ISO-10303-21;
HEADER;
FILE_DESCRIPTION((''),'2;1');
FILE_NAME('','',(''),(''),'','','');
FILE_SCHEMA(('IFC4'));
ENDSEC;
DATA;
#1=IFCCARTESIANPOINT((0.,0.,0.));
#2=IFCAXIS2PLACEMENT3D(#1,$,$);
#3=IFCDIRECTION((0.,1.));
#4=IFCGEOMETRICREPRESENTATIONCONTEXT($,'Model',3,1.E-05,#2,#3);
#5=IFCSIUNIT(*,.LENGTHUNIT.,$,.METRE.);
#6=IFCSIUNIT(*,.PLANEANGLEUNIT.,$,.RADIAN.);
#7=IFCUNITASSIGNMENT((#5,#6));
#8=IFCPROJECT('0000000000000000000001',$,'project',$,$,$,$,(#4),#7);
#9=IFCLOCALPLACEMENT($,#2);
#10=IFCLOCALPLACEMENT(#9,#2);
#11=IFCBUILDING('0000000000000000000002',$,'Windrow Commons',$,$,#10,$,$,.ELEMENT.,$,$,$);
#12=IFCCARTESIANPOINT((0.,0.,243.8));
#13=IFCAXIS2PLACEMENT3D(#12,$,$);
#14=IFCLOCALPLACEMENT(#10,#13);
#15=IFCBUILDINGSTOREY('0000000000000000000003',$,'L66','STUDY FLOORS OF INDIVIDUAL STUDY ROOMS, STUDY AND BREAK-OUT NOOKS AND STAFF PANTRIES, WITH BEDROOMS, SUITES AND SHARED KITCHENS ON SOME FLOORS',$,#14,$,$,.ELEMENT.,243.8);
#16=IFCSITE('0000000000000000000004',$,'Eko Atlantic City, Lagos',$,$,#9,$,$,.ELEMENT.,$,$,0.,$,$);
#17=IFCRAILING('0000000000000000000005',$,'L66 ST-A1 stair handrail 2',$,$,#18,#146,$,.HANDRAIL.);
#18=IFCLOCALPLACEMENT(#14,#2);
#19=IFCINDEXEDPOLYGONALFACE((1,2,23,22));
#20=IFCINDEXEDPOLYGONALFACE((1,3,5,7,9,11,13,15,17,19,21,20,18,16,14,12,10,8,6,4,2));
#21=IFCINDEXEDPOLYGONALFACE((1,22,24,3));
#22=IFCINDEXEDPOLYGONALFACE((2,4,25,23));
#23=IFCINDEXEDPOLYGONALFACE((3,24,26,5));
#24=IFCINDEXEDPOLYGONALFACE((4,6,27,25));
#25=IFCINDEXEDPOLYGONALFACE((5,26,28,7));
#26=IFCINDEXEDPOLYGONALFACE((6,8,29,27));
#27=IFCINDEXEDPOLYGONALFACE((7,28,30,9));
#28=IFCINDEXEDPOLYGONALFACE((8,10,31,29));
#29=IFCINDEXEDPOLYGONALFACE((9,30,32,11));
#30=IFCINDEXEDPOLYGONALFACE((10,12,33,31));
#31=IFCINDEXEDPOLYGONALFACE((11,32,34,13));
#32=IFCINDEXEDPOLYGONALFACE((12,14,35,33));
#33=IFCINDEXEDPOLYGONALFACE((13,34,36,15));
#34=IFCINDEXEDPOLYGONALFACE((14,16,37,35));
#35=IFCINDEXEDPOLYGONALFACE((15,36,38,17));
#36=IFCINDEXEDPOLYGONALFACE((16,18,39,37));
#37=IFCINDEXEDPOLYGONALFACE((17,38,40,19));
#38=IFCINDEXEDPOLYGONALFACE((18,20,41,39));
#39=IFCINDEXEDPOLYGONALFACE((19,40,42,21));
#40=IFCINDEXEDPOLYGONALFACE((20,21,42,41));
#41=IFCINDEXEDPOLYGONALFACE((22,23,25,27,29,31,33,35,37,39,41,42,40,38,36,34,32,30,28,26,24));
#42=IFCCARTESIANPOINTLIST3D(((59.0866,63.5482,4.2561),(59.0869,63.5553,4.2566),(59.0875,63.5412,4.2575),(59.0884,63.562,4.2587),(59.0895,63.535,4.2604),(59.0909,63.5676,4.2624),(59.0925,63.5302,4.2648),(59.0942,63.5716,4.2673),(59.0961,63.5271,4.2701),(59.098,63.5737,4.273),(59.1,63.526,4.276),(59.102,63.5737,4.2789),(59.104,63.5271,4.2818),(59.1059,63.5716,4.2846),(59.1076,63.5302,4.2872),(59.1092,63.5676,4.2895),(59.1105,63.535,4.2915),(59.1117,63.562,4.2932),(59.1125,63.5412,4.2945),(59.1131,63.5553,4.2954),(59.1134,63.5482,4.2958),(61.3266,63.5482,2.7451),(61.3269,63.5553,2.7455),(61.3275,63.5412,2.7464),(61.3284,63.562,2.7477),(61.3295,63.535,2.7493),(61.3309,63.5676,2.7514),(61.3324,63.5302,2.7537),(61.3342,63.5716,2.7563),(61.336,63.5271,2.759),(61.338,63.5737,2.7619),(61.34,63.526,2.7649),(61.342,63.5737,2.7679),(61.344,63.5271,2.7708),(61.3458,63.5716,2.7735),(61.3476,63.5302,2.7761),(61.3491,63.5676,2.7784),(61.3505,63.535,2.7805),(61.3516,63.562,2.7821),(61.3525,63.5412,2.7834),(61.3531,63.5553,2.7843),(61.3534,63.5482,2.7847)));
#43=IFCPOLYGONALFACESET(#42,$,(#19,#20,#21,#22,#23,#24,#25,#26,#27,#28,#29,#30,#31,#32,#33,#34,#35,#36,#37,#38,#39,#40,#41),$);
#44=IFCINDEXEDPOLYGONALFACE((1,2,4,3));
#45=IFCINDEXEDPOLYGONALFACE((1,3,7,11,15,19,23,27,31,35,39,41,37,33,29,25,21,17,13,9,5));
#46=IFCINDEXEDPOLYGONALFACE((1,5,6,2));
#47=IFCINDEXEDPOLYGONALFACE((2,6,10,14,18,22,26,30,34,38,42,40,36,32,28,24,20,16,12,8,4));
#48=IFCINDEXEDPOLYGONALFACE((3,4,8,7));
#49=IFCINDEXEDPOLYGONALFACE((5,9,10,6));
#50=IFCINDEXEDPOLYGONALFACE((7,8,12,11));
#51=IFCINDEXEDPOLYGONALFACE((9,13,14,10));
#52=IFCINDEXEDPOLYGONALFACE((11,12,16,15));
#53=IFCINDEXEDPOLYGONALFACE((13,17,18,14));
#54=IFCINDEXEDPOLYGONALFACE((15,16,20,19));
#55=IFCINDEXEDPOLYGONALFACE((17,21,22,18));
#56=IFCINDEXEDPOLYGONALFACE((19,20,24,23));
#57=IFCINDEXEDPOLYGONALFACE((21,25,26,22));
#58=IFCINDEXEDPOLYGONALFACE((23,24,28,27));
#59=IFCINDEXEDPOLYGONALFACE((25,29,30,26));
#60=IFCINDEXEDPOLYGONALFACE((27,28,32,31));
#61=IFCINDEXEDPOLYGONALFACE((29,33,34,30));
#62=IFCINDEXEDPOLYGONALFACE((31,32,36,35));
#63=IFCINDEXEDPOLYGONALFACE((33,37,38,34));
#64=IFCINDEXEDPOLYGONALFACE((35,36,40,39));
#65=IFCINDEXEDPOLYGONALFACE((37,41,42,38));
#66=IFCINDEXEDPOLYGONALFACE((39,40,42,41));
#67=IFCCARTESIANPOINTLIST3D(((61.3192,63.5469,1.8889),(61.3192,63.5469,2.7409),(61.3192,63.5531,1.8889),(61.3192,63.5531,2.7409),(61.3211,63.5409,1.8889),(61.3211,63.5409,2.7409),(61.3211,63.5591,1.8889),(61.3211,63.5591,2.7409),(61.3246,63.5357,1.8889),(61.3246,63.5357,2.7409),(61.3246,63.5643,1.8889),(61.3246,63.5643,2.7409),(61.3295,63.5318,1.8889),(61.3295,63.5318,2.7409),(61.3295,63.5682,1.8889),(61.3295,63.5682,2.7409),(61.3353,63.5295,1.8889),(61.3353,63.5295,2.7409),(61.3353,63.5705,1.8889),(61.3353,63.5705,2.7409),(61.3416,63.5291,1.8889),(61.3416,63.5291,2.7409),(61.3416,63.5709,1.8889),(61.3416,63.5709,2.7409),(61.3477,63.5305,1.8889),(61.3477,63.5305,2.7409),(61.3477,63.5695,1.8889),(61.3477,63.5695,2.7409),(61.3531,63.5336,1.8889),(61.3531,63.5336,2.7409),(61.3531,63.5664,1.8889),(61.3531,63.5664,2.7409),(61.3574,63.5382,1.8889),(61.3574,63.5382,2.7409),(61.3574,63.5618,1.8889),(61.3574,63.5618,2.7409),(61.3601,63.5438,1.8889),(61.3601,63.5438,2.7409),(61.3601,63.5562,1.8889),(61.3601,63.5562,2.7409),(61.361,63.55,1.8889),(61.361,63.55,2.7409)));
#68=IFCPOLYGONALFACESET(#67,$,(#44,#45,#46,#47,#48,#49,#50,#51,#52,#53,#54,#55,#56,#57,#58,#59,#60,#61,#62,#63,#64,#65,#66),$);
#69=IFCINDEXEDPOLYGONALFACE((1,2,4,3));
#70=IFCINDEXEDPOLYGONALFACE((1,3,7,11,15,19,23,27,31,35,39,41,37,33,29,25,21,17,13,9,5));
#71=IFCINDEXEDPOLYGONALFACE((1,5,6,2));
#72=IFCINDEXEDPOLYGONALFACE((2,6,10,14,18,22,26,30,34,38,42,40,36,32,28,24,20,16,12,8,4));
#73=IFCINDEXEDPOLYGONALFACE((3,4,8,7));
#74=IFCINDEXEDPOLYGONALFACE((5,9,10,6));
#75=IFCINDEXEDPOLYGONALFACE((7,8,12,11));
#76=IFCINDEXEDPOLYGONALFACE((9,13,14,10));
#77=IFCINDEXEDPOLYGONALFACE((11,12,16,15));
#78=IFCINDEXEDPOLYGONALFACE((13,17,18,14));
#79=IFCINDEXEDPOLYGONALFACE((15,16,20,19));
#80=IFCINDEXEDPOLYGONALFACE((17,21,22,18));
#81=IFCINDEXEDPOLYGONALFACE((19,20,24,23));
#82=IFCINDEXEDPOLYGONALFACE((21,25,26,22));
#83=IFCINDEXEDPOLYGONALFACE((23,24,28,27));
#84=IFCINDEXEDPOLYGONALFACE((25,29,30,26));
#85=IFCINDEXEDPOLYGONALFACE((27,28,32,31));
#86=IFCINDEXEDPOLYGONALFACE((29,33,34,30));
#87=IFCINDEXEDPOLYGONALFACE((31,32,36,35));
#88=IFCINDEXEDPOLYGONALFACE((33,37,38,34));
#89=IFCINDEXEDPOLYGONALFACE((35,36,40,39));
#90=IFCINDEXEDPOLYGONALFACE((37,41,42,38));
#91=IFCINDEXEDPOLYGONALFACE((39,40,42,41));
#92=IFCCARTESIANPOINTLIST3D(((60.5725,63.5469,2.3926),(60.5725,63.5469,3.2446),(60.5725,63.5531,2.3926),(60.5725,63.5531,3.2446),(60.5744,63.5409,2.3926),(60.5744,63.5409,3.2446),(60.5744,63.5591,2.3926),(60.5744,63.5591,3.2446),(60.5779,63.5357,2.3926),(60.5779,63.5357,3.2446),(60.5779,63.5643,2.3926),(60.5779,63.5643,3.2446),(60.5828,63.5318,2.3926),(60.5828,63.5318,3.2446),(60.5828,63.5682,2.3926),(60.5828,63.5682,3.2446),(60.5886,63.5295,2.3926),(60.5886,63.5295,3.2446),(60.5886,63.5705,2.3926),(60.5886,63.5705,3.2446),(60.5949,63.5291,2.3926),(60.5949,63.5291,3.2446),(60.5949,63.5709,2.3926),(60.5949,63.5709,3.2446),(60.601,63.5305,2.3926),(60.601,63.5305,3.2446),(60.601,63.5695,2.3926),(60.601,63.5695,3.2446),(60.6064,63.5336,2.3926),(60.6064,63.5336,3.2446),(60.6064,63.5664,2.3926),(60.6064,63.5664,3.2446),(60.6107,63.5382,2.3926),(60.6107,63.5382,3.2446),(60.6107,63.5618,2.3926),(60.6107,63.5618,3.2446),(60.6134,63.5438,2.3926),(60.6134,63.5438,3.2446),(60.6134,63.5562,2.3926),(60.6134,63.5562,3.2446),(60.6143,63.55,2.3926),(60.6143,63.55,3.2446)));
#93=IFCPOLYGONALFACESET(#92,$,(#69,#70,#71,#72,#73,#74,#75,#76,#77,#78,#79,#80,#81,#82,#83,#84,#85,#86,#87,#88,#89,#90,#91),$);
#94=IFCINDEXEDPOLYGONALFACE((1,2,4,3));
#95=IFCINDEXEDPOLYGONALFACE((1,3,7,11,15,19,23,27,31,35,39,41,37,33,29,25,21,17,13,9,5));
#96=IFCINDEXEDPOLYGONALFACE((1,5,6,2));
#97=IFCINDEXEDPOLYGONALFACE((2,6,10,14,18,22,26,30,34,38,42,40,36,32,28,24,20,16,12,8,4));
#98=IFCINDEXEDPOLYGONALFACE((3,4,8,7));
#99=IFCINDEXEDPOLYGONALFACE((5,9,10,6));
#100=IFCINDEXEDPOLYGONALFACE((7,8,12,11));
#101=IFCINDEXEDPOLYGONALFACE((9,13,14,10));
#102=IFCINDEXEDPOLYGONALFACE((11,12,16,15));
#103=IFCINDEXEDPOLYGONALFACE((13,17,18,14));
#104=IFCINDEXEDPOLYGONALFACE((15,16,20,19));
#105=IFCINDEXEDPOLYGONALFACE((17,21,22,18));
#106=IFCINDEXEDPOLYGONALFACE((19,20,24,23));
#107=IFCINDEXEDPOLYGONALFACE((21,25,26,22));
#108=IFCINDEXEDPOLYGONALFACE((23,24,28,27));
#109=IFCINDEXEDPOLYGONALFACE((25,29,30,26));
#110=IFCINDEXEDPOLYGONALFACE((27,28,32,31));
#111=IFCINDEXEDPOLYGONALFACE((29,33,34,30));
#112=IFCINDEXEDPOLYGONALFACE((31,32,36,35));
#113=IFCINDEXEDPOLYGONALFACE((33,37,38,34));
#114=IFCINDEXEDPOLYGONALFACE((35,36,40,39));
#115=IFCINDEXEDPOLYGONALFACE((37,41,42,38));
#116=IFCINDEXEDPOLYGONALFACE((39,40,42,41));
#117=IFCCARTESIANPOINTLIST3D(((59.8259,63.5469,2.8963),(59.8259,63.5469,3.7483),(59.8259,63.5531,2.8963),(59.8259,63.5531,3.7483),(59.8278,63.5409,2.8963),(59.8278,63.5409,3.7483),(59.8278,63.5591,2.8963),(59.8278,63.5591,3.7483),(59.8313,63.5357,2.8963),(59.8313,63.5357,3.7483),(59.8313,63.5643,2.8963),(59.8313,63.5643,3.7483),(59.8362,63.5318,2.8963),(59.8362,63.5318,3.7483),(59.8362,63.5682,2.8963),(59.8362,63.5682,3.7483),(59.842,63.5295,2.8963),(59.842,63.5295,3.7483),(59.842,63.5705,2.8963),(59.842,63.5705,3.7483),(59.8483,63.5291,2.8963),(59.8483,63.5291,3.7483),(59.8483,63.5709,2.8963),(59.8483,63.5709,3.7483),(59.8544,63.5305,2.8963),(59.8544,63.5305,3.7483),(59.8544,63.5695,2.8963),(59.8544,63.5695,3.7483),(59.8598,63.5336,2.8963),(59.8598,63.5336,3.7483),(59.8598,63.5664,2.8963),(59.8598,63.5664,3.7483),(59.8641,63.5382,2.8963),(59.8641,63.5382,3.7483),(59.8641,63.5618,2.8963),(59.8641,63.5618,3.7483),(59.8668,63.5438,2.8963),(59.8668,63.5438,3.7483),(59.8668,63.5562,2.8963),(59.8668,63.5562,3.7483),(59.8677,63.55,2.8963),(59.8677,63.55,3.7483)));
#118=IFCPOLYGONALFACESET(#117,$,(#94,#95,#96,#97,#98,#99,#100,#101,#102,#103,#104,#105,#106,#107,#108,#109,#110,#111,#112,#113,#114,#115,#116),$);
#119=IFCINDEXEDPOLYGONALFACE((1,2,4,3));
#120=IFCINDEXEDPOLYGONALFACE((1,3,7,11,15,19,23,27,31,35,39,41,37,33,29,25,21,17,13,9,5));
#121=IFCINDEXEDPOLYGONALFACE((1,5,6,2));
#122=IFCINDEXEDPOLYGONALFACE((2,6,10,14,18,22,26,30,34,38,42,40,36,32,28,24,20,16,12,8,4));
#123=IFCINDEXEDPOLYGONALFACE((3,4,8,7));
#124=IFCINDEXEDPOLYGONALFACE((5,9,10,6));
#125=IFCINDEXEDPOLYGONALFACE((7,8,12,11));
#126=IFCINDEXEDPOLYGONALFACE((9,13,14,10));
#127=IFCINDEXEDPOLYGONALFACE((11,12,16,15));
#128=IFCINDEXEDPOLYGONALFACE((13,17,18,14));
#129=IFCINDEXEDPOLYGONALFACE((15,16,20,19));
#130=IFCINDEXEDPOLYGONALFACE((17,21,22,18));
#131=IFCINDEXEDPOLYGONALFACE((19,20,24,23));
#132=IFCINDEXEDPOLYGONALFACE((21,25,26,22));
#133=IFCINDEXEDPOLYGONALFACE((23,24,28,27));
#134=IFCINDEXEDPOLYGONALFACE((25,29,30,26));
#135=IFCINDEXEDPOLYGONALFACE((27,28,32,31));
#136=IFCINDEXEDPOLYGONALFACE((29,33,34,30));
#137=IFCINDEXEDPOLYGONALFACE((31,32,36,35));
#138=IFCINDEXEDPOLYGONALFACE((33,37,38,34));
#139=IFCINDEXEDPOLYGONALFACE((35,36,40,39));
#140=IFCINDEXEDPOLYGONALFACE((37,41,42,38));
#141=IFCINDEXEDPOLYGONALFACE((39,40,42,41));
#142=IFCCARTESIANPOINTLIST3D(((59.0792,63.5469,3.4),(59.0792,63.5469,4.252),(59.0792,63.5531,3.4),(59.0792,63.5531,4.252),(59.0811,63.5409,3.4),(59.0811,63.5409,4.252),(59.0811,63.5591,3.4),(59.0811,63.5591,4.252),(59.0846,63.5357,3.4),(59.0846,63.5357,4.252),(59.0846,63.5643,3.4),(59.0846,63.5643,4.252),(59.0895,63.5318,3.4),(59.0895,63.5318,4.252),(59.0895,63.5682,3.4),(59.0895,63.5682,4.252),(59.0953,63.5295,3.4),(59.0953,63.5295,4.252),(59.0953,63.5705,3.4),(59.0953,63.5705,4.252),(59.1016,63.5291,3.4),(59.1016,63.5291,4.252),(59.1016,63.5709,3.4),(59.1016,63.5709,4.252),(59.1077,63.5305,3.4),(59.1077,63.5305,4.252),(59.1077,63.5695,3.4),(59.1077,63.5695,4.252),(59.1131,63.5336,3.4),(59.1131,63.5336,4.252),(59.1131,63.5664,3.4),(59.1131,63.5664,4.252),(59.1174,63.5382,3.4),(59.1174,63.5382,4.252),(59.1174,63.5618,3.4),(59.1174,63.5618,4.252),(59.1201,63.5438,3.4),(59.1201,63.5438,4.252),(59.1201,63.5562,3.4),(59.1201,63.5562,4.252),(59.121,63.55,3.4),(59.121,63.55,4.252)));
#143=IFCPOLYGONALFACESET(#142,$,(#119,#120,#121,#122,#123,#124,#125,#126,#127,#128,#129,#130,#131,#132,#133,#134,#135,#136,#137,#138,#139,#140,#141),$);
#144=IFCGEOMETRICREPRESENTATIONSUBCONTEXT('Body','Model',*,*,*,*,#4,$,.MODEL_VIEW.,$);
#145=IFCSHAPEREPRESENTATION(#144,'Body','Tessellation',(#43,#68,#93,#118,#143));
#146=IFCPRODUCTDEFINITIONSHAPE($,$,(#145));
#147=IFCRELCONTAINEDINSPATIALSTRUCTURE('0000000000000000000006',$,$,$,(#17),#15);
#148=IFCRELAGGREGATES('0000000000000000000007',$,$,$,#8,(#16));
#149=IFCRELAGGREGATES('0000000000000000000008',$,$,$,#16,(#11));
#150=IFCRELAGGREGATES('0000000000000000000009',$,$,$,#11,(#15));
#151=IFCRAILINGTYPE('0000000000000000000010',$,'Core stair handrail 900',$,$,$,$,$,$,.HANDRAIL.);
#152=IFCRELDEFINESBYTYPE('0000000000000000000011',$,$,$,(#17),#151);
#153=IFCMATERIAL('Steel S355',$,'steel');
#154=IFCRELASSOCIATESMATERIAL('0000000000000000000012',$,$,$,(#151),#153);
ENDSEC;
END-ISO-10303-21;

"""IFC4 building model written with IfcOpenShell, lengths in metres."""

from ifc_helpers import new_model, si_unit, direction, frame, origin, origin_2d, place, context, subcontext, project, spatial, circle, extrude, material, type_object, element, save


model = new_model("IFC4")

# Units and contexts
model_context = context("Model", 3, precision=1e-05, world=origin(), true_north=direction((0.0, 1.0)))
body_context = subcontext(model_context, "Body", "Model", "MODEL_VIEW")
ifc_project = project(units=[si_unit("LENGTHUNIT", "METRE"), si_unit("PLANEANGLEUNIT", "RADIAN")], contexts=[model_context])

# Site, building, storey
site_placement = place(None, origin())
site = spatial("IfcSite", under=ifc_project, at=site_placement, Name="Eko Atlantic City, Lagos", CompositionType="ELEMENT", RefElevation=0.0)
building_placement = place(site_placement, origin())
building = spatial("IfcBuilding", under=site, at=building_placement, Name="Windrow Commons", CompositionType="ELEMENT")
storey_placement = place(building_placement, frame((0.0, 0.0, 243.8)))
storey = spatial("IfcBuildingStorey", under=building, at=storey_placement, Name="L66", Description="STUDY FLOORS OF INDIVIDUAL STUDY ROOMS, STUDY AND BREAK-OUT NOOKS AND STAFF PANTRIES, WITH BEDROOMS, SUITES AND SHARED KITCHENS ON SOME FLOORS", CompositionType="ELEMENT", Elevation=243.8)

# Railing
ifc_material_1 = material(Name="Steel S355", Category="steel")
railing_type_1 = type_object("IfcRailingType", Name="Core stair handrail 900", PredefinedType="HANDRAIL", material=ifc_material_1)
railing_placement = place(storey_placement, frame((61.34, 63.55, 1.8889)))
element("IfcRailing", 1, at=railing_placement, inside=storey, type_object=railing_type_1, Name="L66 ST-A1 stair handrail 2", PredefinedType="HANDRAIL", context=body_context, shape_type="SweptSolid", body=[
    extrude(circle(Radius=0.024, at=origin_2d()), frame((0.0, 0.0, 0.876), z_axis=(-0.829003, 0.0, 0.559244), x_axis=(0.0, -1.0, 0.0)), (0.0, 0.0, 1.0), 2.702),
    extrude(circle(Radius=0.021, at=origin_2d()), origin(), (0.0, 0.0, 1.0), 0.852),
    extrude(circle(Radius=0.021, at=origin_2d()), frame((-0.7467, 0.0, 0.5037)), (0.0, 0.0, 1.0), 0.852),
    extrude(circle(Radius=0.021, at=origin_2d()), frame((-1.4933, 0.0, 1.0074)), (0.0, 0.0, 1.0), 0.852),
    extrude(circle(Radius=0.021, at=origin_2d()), frame((-2.24, 0.0, 1.5111)), (0.0, 0.0, 1.0), 0.852),
])

save(model, "model.ifc")
